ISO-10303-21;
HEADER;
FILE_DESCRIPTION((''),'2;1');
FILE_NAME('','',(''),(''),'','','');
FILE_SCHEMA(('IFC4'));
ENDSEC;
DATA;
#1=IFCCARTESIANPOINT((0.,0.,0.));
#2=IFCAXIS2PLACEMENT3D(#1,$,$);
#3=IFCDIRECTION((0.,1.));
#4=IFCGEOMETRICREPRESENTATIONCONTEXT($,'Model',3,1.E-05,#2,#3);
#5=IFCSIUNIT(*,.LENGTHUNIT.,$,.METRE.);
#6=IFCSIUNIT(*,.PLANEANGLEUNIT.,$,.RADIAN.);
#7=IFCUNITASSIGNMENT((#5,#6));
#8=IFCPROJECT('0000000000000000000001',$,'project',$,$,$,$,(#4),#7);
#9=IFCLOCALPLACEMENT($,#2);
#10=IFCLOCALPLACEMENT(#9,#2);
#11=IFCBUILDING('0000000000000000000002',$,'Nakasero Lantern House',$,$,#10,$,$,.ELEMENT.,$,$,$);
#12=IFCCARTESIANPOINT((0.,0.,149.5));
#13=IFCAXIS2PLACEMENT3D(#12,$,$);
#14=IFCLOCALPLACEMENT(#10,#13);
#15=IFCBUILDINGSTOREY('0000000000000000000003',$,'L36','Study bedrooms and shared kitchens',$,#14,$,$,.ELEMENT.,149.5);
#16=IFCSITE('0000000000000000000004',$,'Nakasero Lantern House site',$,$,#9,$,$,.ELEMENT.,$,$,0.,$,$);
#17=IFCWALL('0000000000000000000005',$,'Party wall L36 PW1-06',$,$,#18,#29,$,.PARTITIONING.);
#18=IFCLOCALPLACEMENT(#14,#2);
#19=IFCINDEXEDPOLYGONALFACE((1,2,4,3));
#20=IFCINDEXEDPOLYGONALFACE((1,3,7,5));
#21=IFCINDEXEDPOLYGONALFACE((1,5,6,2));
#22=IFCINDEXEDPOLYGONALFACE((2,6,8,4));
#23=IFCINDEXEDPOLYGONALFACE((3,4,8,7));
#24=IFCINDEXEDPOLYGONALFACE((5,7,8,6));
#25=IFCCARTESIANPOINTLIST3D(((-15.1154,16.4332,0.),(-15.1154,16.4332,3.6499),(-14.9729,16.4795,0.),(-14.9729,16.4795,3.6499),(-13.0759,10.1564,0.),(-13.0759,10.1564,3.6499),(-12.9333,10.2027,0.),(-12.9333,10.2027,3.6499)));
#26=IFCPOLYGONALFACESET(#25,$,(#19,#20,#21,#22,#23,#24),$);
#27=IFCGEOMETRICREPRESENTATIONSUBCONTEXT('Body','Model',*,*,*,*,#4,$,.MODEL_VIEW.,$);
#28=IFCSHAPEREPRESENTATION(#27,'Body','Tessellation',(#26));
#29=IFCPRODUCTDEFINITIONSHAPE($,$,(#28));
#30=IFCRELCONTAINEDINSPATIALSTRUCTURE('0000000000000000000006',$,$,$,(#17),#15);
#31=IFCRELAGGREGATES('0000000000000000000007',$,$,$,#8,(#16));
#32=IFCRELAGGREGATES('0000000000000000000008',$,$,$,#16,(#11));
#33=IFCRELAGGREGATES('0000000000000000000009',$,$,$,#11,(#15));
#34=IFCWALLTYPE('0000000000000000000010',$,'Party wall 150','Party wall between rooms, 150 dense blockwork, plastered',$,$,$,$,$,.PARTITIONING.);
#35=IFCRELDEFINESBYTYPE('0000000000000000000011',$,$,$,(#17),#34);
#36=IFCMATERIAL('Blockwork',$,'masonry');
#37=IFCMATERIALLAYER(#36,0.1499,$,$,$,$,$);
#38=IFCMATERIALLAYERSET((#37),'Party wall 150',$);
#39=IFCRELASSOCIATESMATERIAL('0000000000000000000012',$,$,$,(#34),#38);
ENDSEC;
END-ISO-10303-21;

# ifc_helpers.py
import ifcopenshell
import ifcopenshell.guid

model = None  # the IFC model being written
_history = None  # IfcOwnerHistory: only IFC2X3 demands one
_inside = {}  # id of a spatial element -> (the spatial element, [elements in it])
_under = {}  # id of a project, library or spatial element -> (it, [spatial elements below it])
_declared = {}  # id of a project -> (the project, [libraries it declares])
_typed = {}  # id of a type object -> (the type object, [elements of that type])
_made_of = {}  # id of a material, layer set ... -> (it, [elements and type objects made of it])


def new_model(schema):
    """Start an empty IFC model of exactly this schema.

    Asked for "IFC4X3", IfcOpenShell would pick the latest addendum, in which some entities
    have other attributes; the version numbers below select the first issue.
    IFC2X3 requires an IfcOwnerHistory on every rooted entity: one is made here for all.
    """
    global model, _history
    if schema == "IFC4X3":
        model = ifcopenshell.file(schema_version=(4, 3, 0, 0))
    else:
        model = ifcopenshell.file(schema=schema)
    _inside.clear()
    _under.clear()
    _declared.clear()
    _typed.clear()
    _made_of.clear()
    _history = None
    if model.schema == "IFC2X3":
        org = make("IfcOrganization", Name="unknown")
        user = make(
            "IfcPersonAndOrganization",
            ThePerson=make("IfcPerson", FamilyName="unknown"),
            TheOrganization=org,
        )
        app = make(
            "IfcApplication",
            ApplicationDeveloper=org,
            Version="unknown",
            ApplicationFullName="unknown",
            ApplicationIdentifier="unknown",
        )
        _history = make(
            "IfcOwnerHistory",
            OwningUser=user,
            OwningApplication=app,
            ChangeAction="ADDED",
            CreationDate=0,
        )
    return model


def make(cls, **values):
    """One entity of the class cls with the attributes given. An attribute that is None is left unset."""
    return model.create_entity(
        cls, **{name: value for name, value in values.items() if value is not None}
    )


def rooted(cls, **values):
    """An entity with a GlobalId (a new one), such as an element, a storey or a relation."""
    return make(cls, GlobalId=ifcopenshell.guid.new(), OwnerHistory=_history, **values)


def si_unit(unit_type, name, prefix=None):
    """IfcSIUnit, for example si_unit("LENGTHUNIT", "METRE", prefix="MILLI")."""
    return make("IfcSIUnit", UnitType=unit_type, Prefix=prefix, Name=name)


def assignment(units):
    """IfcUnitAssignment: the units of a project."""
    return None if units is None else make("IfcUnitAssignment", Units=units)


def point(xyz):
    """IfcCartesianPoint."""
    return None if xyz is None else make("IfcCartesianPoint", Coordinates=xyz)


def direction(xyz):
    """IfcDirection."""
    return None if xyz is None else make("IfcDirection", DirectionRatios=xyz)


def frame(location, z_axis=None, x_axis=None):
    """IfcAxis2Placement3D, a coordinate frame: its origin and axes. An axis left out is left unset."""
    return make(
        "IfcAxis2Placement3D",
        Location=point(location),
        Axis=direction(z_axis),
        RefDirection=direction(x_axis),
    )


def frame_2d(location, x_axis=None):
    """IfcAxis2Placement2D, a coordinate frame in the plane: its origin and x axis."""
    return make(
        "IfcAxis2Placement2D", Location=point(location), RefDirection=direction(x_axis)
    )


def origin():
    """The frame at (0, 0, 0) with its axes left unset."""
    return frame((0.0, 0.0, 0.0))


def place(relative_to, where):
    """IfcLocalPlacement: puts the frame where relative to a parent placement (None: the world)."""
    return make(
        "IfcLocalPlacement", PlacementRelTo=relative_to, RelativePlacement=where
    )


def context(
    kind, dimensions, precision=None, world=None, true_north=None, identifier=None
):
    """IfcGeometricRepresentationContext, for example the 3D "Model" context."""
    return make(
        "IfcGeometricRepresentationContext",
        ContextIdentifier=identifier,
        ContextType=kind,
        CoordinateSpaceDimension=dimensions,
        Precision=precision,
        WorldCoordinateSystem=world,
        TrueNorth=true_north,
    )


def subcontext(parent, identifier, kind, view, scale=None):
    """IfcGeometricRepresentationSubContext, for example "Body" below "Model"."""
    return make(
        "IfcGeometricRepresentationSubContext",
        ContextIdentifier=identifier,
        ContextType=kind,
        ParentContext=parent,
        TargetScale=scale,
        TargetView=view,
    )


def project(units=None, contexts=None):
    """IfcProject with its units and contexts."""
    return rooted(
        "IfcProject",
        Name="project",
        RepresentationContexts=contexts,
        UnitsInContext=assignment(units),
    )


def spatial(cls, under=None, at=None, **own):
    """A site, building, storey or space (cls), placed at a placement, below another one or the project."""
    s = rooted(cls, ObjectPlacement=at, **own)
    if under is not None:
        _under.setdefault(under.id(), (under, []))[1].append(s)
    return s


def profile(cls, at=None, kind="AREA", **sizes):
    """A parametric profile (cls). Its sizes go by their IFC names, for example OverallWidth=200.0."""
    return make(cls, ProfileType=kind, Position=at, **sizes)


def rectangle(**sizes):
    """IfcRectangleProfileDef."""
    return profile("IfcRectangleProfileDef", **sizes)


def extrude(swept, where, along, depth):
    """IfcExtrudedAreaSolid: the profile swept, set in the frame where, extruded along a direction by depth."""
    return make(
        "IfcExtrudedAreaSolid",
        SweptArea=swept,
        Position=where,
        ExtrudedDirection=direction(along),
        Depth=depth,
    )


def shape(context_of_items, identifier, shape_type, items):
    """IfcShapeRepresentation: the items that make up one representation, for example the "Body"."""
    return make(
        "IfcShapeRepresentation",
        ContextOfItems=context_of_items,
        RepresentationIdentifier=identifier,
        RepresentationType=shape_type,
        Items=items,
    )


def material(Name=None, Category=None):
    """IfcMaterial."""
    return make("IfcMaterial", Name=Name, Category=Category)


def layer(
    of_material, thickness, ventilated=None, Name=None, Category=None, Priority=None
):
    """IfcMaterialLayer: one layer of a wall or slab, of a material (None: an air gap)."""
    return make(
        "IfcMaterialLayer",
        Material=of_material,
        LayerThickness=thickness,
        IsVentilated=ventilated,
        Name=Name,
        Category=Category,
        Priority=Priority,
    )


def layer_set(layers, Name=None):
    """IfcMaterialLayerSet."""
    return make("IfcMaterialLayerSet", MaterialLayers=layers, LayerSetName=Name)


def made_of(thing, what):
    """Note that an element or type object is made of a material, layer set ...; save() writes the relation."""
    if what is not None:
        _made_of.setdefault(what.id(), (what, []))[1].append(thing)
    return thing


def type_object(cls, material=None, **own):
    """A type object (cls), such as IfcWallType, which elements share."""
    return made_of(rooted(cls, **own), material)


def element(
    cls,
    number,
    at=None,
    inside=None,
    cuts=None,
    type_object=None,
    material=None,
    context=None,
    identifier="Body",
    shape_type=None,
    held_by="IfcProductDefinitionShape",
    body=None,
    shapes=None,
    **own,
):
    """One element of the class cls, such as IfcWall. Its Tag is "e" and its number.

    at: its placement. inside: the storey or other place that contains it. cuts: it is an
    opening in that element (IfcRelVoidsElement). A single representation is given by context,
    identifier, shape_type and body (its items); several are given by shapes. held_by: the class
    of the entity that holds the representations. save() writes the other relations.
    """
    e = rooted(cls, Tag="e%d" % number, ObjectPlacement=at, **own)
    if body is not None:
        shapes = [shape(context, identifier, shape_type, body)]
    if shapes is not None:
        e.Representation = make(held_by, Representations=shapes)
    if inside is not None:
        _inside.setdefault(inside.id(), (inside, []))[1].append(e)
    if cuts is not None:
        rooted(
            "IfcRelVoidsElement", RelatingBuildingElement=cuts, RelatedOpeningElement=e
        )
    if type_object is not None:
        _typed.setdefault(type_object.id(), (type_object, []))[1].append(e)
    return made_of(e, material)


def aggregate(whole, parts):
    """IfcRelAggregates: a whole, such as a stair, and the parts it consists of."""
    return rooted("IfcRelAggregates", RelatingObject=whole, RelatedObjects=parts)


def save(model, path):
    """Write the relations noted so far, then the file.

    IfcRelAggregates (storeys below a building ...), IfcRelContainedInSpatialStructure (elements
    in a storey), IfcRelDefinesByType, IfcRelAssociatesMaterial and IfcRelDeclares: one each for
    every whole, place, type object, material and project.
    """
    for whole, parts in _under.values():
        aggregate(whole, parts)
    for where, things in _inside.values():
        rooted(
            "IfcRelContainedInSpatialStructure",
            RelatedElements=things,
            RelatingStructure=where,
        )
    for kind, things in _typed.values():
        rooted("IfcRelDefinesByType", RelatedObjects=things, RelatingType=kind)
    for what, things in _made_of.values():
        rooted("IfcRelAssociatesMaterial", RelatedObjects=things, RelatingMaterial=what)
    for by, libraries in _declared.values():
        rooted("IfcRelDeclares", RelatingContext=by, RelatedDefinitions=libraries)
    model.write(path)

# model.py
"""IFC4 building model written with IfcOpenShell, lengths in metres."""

from ifc_helpers import new_model, si_unit, direction, frame, frame_2d, origin, place, context, subcontext, project, spatial, rectangle, extrude, material, layer, layer_set, type_object, element, save


model = new_model("IFC4")

# Units and contexts
model_context = context("Model", 3, precision=1e-05, world=origin(), true_north=direction((0.0, 1.0)))
body_context = subcontext(model_context, "Body", "Model", "MODEL_VIEW")
ifc_project = project(units=[si_unit("LENGTHUNIT", "METRE"), si_unit("PLANEANGLEUNIT", "RADIAN")], contexts=[model_context])

# Site, building, storey
site_placement = place(None, origin())
site = spatial("IfcSite", under=ifc_project, at=site_placement, Name="Nakasero Lantern House site", CompositionType="ELEMENT", RefElevation=0.0)
building_placement = place(site_placement, origin())
building = spatial("IfcBuilding", under=site, at=building_placement, Name="Nakasero Lantern House", CompositionType="ELEMENT")
storey_placement = place(building_placement, frame((0.0, 0.0, 149.5)))
storey = spatial("IfcBuildingStorey", under=building, at=storey_placement, Name="L36", Description="Study bedrooms and shared kitchens", CompositionType="ELEMENT", Elevation=149.5)

# Wall
ifc_material_1 = material(Name="Blockwork", Category="masonry")
ifc_layer_1 = layer(ifc_material_1, 0.1499)
ifc_layer_set_1 = layer_set([ifc_layer_1], Name="Party wall 150")
wall_type_1 = type_object("IfcWallType", Name="Party wall 150", Description="Party wall between rooms, 150 dense blockwork, plastered", PredefinedType="PARTITIONING", material=ifc_layer_set_1)
wall_1_placement = place(storey_placement, frame((-13.0046, 10.1797, 0.0), z_axis=(0.0, 0.0, 1.0), x_axis=(-0.309028, 0.951053, 0.0)))
element("IfcWall", 1, at=wall_1_placement, inside=storey, type_object=wall_type_1, Name="Party wall L36 PW1-06", PredefinedType="PARTITIONING", context=body_context, shape_type="SweptSolid", body=[
    extrude(rectangle(XDim=6.5999, YDim=0.1499, at=frame_2d((3.2998, 0.0))), origin(), (0.0, 0.0, 1.0), 3.6499),
])

save(model, "model.ifc")
